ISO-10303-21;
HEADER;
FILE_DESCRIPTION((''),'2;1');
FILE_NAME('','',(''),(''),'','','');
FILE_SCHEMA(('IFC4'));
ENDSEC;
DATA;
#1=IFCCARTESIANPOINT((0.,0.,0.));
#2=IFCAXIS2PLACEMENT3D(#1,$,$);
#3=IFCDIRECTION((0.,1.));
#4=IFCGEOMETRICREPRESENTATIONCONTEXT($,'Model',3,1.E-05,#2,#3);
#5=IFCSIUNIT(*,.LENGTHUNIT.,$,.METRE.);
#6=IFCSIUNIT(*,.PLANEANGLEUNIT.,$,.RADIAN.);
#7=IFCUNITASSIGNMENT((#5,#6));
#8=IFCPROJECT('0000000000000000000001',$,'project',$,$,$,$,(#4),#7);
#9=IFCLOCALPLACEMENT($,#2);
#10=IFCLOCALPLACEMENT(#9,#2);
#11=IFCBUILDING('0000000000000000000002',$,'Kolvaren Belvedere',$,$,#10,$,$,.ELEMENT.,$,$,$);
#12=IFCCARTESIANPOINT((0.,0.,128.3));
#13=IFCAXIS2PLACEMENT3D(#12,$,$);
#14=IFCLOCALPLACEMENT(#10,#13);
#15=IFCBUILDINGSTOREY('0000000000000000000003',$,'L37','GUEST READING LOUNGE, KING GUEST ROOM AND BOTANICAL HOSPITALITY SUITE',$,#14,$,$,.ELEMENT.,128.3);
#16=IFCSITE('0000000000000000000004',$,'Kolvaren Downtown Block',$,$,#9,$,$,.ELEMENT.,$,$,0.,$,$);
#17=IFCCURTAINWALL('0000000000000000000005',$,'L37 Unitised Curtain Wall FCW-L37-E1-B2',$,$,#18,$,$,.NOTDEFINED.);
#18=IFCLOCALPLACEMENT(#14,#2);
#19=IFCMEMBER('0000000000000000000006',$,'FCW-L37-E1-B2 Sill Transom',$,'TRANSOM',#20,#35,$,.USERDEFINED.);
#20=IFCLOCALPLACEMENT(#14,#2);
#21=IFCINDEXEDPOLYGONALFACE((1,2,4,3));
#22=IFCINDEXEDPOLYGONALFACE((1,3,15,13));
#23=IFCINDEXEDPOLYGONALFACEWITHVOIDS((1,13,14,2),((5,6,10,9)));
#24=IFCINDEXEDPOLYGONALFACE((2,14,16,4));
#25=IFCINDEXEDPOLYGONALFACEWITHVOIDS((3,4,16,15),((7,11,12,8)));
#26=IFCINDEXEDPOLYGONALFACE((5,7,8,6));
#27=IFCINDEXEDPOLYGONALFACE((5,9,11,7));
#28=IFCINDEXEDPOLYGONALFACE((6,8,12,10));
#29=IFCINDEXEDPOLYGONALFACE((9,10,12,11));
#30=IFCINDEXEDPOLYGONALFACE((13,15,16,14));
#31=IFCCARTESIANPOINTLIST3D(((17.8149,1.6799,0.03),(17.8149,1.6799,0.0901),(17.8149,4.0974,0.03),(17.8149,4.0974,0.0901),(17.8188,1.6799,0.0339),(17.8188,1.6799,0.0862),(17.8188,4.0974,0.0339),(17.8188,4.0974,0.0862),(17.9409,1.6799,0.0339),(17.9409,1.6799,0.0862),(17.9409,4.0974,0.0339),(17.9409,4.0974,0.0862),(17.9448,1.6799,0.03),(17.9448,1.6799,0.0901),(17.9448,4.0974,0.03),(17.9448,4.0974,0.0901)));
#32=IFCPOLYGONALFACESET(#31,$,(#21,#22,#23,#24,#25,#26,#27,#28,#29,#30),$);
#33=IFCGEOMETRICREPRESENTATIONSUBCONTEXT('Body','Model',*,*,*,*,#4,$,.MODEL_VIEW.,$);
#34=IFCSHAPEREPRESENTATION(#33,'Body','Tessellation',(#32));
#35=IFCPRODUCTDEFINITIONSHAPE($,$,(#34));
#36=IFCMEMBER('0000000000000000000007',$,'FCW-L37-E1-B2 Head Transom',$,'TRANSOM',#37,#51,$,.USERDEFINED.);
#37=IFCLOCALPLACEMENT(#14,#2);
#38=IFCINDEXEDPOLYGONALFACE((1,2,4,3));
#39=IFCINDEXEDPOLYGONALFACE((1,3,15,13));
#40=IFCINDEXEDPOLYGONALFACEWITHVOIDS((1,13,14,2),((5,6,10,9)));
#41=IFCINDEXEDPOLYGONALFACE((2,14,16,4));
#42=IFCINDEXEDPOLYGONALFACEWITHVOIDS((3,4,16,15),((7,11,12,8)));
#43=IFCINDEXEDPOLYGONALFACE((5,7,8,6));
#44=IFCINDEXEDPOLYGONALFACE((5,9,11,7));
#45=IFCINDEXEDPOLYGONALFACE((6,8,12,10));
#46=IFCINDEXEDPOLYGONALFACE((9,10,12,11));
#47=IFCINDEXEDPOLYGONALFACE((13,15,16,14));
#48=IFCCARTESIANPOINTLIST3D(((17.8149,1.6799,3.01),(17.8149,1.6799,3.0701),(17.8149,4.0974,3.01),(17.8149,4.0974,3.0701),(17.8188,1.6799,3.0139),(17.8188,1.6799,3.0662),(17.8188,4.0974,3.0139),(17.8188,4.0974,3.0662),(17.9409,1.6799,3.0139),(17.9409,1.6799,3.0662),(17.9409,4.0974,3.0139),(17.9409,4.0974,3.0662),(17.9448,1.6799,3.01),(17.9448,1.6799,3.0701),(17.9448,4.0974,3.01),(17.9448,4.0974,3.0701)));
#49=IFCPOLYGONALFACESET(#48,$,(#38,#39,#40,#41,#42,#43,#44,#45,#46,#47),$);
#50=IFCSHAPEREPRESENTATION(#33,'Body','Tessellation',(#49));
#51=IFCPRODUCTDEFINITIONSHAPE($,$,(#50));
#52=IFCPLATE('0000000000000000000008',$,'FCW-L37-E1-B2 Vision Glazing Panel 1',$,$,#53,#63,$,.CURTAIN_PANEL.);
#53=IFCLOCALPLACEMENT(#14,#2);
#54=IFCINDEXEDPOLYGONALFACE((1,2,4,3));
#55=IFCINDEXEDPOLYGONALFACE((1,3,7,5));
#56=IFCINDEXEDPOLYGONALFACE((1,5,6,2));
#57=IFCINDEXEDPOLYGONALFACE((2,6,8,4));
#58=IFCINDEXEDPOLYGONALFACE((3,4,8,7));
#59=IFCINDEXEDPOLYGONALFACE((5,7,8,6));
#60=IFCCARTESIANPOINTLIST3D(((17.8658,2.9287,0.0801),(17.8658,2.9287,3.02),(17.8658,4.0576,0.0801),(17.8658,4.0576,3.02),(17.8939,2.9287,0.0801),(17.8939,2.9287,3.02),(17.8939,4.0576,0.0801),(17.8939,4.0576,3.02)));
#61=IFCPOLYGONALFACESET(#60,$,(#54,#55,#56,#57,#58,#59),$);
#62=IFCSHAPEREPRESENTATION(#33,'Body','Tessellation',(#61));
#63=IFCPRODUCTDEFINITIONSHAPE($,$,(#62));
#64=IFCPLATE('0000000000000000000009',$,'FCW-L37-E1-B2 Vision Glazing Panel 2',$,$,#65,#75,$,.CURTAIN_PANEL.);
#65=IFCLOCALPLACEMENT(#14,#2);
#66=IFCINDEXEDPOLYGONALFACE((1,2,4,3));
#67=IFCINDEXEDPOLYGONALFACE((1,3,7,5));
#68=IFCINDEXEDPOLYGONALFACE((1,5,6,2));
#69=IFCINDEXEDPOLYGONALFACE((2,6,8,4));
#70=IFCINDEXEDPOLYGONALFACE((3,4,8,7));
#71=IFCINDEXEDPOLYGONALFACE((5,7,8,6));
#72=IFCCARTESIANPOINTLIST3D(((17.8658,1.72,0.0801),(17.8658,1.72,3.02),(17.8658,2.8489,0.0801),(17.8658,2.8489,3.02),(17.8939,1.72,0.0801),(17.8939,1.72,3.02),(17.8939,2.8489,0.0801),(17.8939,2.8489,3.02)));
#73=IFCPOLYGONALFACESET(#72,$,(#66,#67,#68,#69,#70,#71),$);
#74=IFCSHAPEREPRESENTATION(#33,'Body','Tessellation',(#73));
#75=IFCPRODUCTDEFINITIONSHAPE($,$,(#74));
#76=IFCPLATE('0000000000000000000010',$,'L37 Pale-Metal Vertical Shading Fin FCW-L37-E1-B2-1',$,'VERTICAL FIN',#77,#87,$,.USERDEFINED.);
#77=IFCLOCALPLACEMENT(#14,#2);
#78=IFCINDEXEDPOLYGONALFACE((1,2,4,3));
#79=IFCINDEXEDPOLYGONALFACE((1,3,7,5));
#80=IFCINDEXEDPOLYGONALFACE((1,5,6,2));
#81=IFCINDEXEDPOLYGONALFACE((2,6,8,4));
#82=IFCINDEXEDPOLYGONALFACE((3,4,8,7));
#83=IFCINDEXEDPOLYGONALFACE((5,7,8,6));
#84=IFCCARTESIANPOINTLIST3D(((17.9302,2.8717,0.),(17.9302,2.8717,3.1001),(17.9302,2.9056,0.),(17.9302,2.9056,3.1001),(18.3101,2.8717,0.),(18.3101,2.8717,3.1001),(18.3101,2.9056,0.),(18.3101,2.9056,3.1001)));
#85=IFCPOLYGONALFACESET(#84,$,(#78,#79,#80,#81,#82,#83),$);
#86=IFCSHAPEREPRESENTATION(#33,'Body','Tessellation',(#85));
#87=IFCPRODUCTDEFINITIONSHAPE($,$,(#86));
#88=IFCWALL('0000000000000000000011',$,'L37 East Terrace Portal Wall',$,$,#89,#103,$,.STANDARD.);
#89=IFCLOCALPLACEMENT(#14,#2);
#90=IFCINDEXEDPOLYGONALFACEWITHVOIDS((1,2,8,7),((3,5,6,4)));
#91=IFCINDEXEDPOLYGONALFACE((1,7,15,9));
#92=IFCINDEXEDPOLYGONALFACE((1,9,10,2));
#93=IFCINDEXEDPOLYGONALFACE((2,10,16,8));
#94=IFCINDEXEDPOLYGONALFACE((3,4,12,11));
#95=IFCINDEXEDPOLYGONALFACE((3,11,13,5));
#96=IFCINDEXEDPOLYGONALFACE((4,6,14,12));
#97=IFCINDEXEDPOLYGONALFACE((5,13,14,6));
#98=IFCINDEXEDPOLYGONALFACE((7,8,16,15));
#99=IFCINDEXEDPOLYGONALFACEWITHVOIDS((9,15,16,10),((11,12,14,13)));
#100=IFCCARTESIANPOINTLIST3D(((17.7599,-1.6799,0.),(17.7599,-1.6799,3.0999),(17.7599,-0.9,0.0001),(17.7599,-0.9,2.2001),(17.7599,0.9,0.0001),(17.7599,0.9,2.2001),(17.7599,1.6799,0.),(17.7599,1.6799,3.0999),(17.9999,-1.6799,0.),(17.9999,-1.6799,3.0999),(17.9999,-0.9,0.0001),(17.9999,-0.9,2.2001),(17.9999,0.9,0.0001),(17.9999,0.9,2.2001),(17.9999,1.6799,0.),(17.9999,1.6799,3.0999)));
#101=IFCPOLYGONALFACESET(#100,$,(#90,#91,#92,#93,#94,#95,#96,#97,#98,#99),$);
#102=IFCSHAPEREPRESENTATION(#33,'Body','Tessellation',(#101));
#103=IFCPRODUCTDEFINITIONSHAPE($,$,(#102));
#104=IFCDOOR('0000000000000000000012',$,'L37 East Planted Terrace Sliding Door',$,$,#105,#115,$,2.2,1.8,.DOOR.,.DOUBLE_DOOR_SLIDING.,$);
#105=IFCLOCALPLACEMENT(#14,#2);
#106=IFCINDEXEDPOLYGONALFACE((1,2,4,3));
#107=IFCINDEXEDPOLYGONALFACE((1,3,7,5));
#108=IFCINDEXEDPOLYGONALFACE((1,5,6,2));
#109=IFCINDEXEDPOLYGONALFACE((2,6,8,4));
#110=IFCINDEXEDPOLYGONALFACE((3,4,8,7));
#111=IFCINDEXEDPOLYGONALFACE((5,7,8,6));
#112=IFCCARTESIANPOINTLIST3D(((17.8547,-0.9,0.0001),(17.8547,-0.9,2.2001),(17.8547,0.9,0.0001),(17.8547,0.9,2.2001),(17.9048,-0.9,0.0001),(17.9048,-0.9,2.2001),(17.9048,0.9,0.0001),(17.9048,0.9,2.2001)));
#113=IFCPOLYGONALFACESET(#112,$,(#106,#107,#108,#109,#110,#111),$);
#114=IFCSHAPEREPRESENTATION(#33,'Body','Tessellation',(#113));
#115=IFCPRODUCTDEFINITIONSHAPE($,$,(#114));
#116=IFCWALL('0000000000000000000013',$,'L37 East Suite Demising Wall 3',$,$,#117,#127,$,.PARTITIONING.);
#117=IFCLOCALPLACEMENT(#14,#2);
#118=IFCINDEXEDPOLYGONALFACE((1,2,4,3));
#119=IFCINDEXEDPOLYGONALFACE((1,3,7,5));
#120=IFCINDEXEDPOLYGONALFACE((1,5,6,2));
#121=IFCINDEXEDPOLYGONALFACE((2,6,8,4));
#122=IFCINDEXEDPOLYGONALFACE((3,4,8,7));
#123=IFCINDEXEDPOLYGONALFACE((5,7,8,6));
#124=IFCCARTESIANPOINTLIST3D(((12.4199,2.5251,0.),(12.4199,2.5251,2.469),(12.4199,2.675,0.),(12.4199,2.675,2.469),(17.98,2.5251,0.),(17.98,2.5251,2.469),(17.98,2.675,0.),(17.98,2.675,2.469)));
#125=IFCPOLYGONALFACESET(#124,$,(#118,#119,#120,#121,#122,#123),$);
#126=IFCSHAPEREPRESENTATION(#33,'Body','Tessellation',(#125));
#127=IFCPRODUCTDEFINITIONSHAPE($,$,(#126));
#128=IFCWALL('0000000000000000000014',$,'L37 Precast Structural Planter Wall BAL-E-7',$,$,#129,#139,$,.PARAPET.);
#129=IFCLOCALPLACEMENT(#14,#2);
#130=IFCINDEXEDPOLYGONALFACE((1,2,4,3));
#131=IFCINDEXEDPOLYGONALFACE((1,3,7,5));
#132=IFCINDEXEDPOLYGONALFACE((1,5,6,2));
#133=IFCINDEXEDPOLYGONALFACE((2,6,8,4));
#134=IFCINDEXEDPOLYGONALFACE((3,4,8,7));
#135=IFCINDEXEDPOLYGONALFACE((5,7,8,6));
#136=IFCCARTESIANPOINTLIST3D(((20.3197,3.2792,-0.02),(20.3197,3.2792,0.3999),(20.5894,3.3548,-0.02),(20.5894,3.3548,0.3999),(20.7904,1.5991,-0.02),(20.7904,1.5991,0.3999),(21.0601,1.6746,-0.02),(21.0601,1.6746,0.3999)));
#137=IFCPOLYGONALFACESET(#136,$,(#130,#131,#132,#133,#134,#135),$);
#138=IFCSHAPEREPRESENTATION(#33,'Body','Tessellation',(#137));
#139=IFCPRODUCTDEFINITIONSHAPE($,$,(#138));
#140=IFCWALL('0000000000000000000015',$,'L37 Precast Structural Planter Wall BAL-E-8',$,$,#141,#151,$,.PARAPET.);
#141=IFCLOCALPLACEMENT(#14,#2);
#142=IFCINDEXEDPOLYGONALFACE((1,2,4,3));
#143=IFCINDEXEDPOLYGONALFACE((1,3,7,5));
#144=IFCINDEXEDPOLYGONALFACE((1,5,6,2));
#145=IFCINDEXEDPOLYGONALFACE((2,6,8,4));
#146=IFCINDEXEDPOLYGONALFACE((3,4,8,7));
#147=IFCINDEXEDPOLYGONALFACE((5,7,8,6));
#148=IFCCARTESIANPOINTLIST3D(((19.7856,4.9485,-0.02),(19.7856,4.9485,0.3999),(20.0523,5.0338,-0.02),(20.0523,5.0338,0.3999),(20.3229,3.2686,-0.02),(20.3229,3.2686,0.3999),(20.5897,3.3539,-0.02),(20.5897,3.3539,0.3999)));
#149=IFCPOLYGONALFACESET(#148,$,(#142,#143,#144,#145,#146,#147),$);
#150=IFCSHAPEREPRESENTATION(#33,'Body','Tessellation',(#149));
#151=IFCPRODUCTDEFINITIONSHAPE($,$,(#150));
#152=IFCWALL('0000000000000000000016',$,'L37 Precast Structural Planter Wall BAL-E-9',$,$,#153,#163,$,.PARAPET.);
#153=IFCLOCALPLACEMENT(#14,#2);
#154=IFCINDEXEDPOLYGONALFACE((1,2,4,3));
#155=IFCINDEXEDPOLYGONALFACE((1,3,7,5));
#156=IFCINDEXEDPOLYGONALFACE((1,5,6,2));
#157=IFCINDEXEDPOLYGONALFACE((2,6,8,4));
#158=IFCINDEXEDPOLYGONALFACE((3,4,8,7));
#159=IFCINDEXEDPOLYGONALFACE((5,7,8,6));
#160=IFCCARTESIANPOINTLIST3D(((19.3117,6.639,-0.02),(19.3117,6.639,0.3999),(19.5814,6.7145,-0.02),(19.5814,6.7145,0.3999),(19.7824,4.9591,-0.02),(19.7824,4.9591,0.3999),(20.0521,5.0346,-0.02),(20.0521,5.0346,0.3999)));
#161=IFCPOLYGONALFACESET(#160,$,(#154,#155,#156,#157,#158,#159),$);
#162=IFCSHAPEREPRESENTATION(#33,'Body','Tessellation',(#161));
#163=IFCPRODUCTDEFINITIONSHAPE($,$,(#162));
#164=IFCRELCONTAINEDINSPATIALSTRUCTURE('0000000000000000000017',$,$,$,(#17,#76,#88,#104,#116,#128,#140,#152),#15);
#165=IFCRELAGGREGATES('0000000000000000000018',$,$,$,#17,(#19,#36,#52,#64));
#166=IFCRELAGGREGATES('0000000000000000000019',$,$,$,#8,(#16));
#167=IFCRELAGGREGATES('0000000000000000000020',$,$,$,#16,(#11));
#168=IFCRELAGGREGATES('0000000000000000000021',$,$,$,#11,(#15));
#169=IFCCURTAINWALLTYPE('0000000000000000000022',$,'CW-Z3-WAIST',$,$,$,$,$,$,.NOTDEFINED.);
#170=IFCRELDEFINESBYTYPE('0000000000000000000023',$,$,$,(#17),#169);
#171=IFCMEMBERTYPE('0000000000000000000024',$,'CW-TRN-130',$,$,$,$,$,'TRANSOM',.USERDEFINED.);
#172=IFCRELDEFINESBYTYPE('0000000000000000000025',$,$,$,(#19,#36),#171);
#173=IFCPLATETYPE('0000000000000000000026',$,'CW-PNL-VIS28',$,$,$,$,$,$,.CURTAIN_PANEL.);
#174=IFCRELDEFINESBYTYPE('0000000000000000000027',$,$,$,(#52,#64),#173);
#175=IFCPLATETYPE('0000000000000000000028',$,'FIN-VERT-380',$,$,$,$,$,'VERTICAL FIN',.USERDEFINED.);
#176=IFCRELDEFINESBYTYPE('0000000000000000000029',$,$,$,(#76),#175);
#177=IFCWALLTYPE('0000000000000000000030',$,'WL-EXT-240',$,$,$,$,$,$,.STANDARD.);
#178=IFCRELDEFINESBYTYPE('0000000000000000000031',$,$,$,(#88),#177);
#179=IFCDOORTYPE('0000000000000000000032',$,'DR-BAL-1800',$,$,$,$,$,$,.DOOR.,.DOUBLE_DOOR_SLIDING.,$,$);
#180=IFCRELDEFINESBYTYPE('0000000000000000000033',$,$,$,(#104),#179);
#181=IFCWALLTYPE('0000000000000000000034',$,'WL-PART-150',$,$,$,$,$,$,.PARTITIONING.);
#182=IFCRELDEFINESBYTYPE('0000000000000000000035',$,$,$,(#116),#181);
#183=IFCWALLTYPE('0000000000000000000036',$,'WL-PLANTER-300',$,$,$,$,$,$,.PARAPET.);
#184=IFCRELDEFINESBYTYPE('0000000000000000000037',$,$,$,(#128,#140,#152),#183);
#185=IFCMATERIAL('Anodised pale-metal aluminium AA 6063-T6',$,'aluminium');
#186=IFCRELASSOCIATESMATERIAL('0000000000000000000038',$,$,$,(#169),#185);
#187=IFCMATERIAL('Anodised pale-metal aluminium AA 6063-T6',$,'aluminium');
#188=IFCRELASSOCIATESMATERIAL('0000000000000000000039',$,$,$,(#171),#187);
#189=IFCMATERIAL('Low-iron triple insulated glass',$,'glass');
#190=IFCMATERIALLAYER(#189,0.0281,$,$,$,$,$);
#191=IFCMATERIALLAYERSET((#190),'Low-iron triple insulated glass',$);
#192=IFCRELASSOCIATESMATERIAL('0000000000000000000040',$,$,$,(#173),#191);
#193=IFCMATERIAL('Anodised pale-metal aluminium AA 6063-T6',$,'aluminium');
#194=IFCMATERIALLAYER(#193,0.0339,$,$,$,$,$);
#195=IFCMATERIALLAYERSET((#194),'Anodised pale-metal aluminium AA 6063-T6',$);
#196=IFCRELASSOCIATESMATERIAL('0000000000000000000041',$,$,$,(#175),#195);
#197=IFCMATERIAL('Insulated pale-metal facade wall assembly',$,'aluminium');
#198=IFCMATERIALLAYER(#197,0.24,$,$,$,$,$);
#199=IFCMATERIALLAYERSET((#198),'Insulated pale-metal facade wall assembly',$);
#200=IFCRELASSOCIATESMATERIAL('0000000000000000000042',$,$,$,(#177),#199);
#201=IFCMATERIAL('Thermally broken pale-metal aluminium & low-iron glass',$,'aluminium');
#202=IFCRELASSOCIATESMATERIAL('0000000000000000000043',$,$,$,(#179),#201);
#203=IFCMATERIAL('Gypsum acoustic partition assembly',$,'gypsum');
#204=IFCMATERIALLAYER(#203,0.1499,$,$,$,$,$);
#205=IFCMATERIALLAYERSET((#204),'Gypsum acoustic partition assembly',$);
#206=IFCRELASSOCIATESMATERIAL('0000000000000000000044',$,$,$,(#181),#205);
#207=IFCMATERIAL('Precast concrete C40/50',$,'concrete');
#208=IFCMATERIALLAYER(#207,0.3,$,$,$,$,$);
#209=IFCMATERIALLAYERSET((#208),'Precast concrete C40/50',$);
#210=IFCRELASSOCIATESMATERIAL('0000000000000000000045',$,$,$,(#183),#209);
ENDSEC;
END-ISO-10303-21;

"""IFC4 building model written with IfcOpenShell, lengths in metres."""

from ifc_helpers import new_model, si_unit, direction, frame, frame_2d, origin, origin_2d, place, context, subcontext, project, spatial, rectangle, hollow_rectangle, extrude, material, layer, layer_set, material_profile, profile_set, type_object, element, fill, aggregate, save


model = new_model("IFC4")

# Units and contexts
model_context = context("Model", 3, precision=1e-05, world=origin(), true_north=direction((0.0, 1.0)))
body_context = subcontext(model_context, "Body", "Model", "MODEL_VIEW")
ifc_project = project(units=[si_unit("LENGTHUNIT", "METRE"), si_unit("PLANEANGLEUNIT", "RADIAN")], contexts=[model_context])

# Site, building, storey
site_placement = place(None, origin())
site = spatial("IfcSite", under=ifc_project, at=site_placement, Name="Kolvaren Downtown Block", CompositionType="ELEMENT", RefElevation=0.0)
building_placement = place(site_placement, origin())
building = spatial("IfcBuilding", under=site, at=building_placement, Name="Kolvaren Belvedere", CompositionType="ELEMENT")
storey_placement = place(building_placement, frame((0.0, 0.0, 128.3)))
storey = spatial("IfcBuildingStorey", under=building, at=storey_placement, Name="L37", Description="GUEST READING LOUNGE, KING GUEST ROOM AND BOTANICAL HOSPITALITY SUITE", CompositionType="ELEMENT", Elevation=128.3)

# Shared definitions
ifc_material_1 = material(Name="Anodised pale-metal aluminium AA 6063-T6", Category="aluminium")
curtain_wall_type = type_object("IfcCurtainWallType", Name="CW-Z3-WAIST", PredefinedType="NOTDEFINED", material=ifc_material_1)

# Curtain wall, members, plates
curtain_wall_1_placement = place(storey_placement, origin())
curtain_wall_1 = element("IfcCurtainWall", 1, at=curtain_wall_1_placement, inside=storey, type_object=curtain_wall_type, Name="L37 Unitised Curtain Wall FCW-L37-E1-B2", PredefinedType="NOTDEFINED")
ifc_material_2 = material(Name="Anodised pale-metal aluminium AA 6063-T6", Category="aluminium")
ifc_material_profile_1 = material_profile(ifc_material_2, hollow_rectangle(XDim=0.0601, YDim=0.1299, WallThickness=0.0039, at=origin_2d()), Name="ALU-TRN-130X60")
ifc_profile_set_1 = profile_set([ifc_material_profile_1], Name="Anodised pale-metal aluminium AA 6063-T6")
member_type_1 = type_object("IfcMemberType", Name="CW-TRN-130", ElementType="TRANSOM", PredefinedType="USERDEFINED", material=ifc_profile_set_1)
member_1_placement = place(storey_placement, frame((17.8799, 4.0974, 0.0601), z_axis=(0.0, -1.0, 0.0), x_axis=(0.0, 0.0, 1.0)))
member_1 = element("IfcMember", 2, at=member_1_placement, type_object=member_type_1, Name="FCW-L37-E1-B2 Sill Transom", ObjectType="TRANSOM", PredefinedType="USERDEFINED", context=body_context, shape_type="SweptSolid", body=[
    extrude(hollow_rectangle(XDim=0.0601, YDim=0.1299, WallThickness=0.0039, at=origin_2d()), origin(), (0.0, 0.0, 1.0), 2.4175),
])
member_2_placement = place(storey_placement, frame((17.8799, 4.0974, 3.04), z_axis=(0.0, -1.0, 0.0), x_axis=(0.0, 0.0, 1.0)))
member_2 = element("IfcMember", 3, at=member_2_placement, type_object=member_type_1, Name="FCW-L37-E1-B2 Head Transom", ObjectType="TRANSOM", PredefinedType="USERDEFINED", context=body_context, shape_type="SweptSolid", body=[
    extrude(hollow_rectangle(XDim=0.0601, YDim=0.1299, WallThickness=0.0039, at=origin_2d()), origin(), (0.0, 0.0, 1.0), 2.4175),
])
ifc_material_3 = material(Name="Low-iron triple insulated glass", Category="glass")
ifc_layer_1 = layer(ifc_material_3, 0.0281)
ifc_layer_set_1 = layer_set([ifc_layer_1], Name="Low-iron triple insulated glass")
plate_type_1 = type_object("IfcPlateType", Name="CW-PNL-VIS28", PredefinedType="CURTAIN_PANEL", material=ifc_layer_set_1)
plate_1_placement = place(storey_placement, frame((17.8799, 3.4932, 0.0801), z_axis=(0.0, 0.0, 1.0), x_axis=(0.0, -1.0, 0.0)))
plate_1 = element("IfcPlate", 4, at=plate_1_placement, type_object=plate_type_1, Name="FCW-L37-E1-B2 Vision Glazing Panel 1", PredefinedType="CURTAIN_PANEL", context=body_context, shape_type="SweptSolid", body=[
    extrude(rectangle(XDim=1.1289, YDim=0.0281, at=origin_2d()), origin(), (0.0, 0.0, 1.0), 2.9399),
])
plate_2_placement = place(storey_placement, frame((17.8799, 2.2844, 0.0801), z_axis=(0.0, 0.0, 1.0), x_axis=(0.0, -1.0, 0.0)))
plate_2 = element("IfcPlate", 5, at=plate_2_placement, type_object=plate_type_1, Name="FCW-L37-E1-B2 Vision Glazing Panel 2", PredefinedType="CURTAIN_PANEL", context=body_context, shape_type="SweptSolid", body=[
    extrude(rectangle(XDim=1.1289, YDim=0.0281, at=origin_2d()), origin(), (0.0, 0.0, 1.0), 2.9399),
])
aggregate(curtain_wall_1, [member_1, member_2, plate_1, plate_2])

# Plate
ifc_material_4 = material(Name="Anodised pale-metal aluminium AA 6063-T6", Category="aluminium")
ifc_layer_2 = layer(ifc_material_4, 0.0339)
ifc_layer_set_2 = layer_set([ifc_layer_2], Name="Anodised pale-metal aluminium AA 6063-T6")
plate_type_2 = type_object("IfcPlateType", Name="FIN-VERT-380", ElementType="VERTICAL FIN", PredefinedType="USERDEFINED", material=ifc_layer_set_2)
plate_3_placement = place(storey_placement, frame((18.1201, 2.8887, 0.0), z_axis=(0.0, 0.0, 1.0), x_axis=(1.0, 0.0, 0.0)))
element("IfcPlate", 6, at=plate_3_placement, inside=storey, type_object=plate_type_2, Name="L37 Pale-Metal Vertical Shading Fin FCW-L37-E1-B2-1", ObjectType="VERTICAL FIN", PredefinedType="USERDEFINED", context=body_context, shape_type="SweptSolid", body=[
    extrude(rectangle(XDim=0.3799, YDim=0.0339, at=origin_2d()), origin(), (0.0, 0.0, 1.0), 3.1001),
])

# Wall, opening, door
ifc_material_5 = material(Name="Insulated pale-metal facade wall assembly", Category="aluminium")
ifc_layer_3 = layer(ifc_material_5, 0.24)
ifc_layer_set_3 = layer_set([ifc_layer_3], Name="Insulated pale-metal facade wall assembly")
wall_type_1 = type_object("IfcWallType", Name="WL-EXT-240", PredefinedType="STANDARD", material=ifc_layer_set_3)
wall_1_placement = place(storey_placement, frame((17.8799, 1.6799, 0.0), z_axis=(0.0, 0.0, 1.0), x_axis=(0.0, -1.0, 0.0)))
wall_1 = element("IfcWall", 7, at=wall_1_placement, inside=storey, type_object=wall_type_1, Name="L37 East Terrace Portal Wall", PredefinedType="STANDARD", context=body_context, shape_type="SweptSolid", body=[
    extrude(rectangle(XDim=3.3599, YDim=0.24, at=frame_2d((1.6799, 0.0))), origin(), (0.0, 0.0, 1.0), 3.0999),
])
opening_1_placement = place(wall_1_placement, frame((0.78, 0.0, 0.0)))
opening_1 = element("IfcOpeningElement", 8, at=opening_1_placement, cuts=wall_1, PredefinedType="OPENING", context=body_context, shape_type="SweptSolid", body=[
    extrude(rectangle(XDim=1.8, YDim=2.2, at=frame_2d((0.8999, 1.1001))), frame((0.0, 0.1299, 0.0), z_axis=(0.0, -1.0, 0.0), x_axis=(1.0, 0.0, 0.0)), (0.0, 0.0, 1.0), 0.26),
])
ifc_material_6 = material(Name="Thermally broken pale-metal aluminium & low-iron glass", Category="aluminium")
door_type_1 = type_object("IfcDoorType", Name="DR-BAL-1800", OperationType="DOUBLE_DOOR_SLIDING", PredefinedType="DOOR", material=ifc_material_6)
door_1_placement = place(opening_1_placement, origin())
door_1 = element("IfcDoor", 9, at=door_1_placement, inside=storey, type_object=door_type_1, Name="L37 East Planted Terrace Sliding Door", OperationType="DOUBLE_DOOR_SLIDING", OverallHeight=2.2, OverallWidth=1.8, PredefinedType="DOOR", context=body_context, shape_type="SweptSolid", body=[
    extrude(rectangle(XDim=1.8, YDim=2.2, at=frame_2d((0.8999, 1.1001))), frame((0.0, 0.0249, 0.0), z_axis=(0.0, -1.0, 0.0), x_axis=(1.0, 0.0, 0.0)), (0.0, 0.0, 1.0), 0.05),
])
fill(opening_1, door_1)

# Walls
ifc_material_7 = material(Name="Gypsum acoustic partition assembly", Category="gypsum")
ifc_layer_4 = layer(ifc_material_7, 0.1499)
ifc_layer_set_4 = layer_set([ifc_layer_4], Name="Gypsum acoustic partition assembly")
wall_type_2 = type_object("IfcWallType", Name="WL-PART-150", PredefinedType="PARTITIONING", material=ifc_layer_set_4)
wall_2_placement = place(storey_placement, frame((12.4199, 2.6001, 0.0), z_axis=(0.0, 0.0, 1.0), x_axis=(1.0, 0.0, 0.0)))
element("IfcWall", 10, at=wall_2_placement, inside=storey, type_object=wall_type_2, Name="L37 East Suite Demising Wall 3", PredefinedType="PARTITIONING", context=body_context, shape_type="SweptSolid", body=[
    extrude(rectangle(XDim=5.5601, YDim=0.1499, at=frame_2d((2.78, 0.0))), origin(), (0.0, 0.0, 1.0), 2.469),
])
ifc_material_8 = material(Name="Precast concrete C40/50", Category="concrete")
ifc_layer_5 = layer(ifc_material_8, 0.3)
ifc_layer_set_5 = layer_set([ifc_layer_5], Name="Precast concrete C40/50")
wall_type_3 = type_object("IfcWallType", Name="WL-PLANTER-300", PredefinedType="PARAPET", material=ifc_layer_set_5)
wall_3_placement = place(storey_placement, frame((20.9253, 1.6367, -0.02), z_axis=(0.0, 0.0, 1.0), x_axis=(-0.269765, 0.962926, 0.0)))
element("IfcWall", 11, at=wall_3_placement, inside=storey, type_object=wall_type_3, Name="L37 Precast Structural Planter Wall BAL-E-7", PredefinedType="PARAPET", context=body_context, shape_type="SweptSolid", body=[
    extrude(rectangle(XDim=1.7449, YDim=0.28, at=frame_2d((0.8726, 0.0))), origin(), (0.0, 0.0, 1.0), 0.4199),
])
wall_4_placement = place(storey_placement, frame((20.4563, 3.3113, -0.02), z_axis=(0.0, 0.0, 1.0), x_axis=(-0.30466, 0.952461, 0.0)))
element("IfcWall", 12, at=wall_4_placement, inside=storey, type_object=wall_type_3, Name="L37 Precast Structural Planter Wall BAL-E-8", PredefinedType="PARAPET", context=body_context, shape_type="SweptSolid", body=[
    extrude(rectangle(XDim=1.7637, YDim=0.28, at=frame_2d((0.8818, 0.0))), origin(), (0.0, 0.0, 1.0), 0.4199),
])
wall_5_placement = place(storey_placement, frame((19.9172, 4.9968, -0.02), z_axis=(0.0, 0.0, 1.0), x_axis=(-0.269801, 0.962916, 0.0)))
element("IfcWall", 13, at=wall_5_placement, inside=storey, type_object=wall_type_3, Name="L37 Precast Structural Planter Wall BAL-E-9", PredefinedType="PARAPET", context=body_context, shape_type="SweptSolid", body=[
    extrude(rectangle(XDim=1.7446, YDim=0.28, at=frame_2d((0.8723, 0.0))), origin(), (0.0, 0.0, 1.0), 0.4199),
])

save(model, "model.ifc")
